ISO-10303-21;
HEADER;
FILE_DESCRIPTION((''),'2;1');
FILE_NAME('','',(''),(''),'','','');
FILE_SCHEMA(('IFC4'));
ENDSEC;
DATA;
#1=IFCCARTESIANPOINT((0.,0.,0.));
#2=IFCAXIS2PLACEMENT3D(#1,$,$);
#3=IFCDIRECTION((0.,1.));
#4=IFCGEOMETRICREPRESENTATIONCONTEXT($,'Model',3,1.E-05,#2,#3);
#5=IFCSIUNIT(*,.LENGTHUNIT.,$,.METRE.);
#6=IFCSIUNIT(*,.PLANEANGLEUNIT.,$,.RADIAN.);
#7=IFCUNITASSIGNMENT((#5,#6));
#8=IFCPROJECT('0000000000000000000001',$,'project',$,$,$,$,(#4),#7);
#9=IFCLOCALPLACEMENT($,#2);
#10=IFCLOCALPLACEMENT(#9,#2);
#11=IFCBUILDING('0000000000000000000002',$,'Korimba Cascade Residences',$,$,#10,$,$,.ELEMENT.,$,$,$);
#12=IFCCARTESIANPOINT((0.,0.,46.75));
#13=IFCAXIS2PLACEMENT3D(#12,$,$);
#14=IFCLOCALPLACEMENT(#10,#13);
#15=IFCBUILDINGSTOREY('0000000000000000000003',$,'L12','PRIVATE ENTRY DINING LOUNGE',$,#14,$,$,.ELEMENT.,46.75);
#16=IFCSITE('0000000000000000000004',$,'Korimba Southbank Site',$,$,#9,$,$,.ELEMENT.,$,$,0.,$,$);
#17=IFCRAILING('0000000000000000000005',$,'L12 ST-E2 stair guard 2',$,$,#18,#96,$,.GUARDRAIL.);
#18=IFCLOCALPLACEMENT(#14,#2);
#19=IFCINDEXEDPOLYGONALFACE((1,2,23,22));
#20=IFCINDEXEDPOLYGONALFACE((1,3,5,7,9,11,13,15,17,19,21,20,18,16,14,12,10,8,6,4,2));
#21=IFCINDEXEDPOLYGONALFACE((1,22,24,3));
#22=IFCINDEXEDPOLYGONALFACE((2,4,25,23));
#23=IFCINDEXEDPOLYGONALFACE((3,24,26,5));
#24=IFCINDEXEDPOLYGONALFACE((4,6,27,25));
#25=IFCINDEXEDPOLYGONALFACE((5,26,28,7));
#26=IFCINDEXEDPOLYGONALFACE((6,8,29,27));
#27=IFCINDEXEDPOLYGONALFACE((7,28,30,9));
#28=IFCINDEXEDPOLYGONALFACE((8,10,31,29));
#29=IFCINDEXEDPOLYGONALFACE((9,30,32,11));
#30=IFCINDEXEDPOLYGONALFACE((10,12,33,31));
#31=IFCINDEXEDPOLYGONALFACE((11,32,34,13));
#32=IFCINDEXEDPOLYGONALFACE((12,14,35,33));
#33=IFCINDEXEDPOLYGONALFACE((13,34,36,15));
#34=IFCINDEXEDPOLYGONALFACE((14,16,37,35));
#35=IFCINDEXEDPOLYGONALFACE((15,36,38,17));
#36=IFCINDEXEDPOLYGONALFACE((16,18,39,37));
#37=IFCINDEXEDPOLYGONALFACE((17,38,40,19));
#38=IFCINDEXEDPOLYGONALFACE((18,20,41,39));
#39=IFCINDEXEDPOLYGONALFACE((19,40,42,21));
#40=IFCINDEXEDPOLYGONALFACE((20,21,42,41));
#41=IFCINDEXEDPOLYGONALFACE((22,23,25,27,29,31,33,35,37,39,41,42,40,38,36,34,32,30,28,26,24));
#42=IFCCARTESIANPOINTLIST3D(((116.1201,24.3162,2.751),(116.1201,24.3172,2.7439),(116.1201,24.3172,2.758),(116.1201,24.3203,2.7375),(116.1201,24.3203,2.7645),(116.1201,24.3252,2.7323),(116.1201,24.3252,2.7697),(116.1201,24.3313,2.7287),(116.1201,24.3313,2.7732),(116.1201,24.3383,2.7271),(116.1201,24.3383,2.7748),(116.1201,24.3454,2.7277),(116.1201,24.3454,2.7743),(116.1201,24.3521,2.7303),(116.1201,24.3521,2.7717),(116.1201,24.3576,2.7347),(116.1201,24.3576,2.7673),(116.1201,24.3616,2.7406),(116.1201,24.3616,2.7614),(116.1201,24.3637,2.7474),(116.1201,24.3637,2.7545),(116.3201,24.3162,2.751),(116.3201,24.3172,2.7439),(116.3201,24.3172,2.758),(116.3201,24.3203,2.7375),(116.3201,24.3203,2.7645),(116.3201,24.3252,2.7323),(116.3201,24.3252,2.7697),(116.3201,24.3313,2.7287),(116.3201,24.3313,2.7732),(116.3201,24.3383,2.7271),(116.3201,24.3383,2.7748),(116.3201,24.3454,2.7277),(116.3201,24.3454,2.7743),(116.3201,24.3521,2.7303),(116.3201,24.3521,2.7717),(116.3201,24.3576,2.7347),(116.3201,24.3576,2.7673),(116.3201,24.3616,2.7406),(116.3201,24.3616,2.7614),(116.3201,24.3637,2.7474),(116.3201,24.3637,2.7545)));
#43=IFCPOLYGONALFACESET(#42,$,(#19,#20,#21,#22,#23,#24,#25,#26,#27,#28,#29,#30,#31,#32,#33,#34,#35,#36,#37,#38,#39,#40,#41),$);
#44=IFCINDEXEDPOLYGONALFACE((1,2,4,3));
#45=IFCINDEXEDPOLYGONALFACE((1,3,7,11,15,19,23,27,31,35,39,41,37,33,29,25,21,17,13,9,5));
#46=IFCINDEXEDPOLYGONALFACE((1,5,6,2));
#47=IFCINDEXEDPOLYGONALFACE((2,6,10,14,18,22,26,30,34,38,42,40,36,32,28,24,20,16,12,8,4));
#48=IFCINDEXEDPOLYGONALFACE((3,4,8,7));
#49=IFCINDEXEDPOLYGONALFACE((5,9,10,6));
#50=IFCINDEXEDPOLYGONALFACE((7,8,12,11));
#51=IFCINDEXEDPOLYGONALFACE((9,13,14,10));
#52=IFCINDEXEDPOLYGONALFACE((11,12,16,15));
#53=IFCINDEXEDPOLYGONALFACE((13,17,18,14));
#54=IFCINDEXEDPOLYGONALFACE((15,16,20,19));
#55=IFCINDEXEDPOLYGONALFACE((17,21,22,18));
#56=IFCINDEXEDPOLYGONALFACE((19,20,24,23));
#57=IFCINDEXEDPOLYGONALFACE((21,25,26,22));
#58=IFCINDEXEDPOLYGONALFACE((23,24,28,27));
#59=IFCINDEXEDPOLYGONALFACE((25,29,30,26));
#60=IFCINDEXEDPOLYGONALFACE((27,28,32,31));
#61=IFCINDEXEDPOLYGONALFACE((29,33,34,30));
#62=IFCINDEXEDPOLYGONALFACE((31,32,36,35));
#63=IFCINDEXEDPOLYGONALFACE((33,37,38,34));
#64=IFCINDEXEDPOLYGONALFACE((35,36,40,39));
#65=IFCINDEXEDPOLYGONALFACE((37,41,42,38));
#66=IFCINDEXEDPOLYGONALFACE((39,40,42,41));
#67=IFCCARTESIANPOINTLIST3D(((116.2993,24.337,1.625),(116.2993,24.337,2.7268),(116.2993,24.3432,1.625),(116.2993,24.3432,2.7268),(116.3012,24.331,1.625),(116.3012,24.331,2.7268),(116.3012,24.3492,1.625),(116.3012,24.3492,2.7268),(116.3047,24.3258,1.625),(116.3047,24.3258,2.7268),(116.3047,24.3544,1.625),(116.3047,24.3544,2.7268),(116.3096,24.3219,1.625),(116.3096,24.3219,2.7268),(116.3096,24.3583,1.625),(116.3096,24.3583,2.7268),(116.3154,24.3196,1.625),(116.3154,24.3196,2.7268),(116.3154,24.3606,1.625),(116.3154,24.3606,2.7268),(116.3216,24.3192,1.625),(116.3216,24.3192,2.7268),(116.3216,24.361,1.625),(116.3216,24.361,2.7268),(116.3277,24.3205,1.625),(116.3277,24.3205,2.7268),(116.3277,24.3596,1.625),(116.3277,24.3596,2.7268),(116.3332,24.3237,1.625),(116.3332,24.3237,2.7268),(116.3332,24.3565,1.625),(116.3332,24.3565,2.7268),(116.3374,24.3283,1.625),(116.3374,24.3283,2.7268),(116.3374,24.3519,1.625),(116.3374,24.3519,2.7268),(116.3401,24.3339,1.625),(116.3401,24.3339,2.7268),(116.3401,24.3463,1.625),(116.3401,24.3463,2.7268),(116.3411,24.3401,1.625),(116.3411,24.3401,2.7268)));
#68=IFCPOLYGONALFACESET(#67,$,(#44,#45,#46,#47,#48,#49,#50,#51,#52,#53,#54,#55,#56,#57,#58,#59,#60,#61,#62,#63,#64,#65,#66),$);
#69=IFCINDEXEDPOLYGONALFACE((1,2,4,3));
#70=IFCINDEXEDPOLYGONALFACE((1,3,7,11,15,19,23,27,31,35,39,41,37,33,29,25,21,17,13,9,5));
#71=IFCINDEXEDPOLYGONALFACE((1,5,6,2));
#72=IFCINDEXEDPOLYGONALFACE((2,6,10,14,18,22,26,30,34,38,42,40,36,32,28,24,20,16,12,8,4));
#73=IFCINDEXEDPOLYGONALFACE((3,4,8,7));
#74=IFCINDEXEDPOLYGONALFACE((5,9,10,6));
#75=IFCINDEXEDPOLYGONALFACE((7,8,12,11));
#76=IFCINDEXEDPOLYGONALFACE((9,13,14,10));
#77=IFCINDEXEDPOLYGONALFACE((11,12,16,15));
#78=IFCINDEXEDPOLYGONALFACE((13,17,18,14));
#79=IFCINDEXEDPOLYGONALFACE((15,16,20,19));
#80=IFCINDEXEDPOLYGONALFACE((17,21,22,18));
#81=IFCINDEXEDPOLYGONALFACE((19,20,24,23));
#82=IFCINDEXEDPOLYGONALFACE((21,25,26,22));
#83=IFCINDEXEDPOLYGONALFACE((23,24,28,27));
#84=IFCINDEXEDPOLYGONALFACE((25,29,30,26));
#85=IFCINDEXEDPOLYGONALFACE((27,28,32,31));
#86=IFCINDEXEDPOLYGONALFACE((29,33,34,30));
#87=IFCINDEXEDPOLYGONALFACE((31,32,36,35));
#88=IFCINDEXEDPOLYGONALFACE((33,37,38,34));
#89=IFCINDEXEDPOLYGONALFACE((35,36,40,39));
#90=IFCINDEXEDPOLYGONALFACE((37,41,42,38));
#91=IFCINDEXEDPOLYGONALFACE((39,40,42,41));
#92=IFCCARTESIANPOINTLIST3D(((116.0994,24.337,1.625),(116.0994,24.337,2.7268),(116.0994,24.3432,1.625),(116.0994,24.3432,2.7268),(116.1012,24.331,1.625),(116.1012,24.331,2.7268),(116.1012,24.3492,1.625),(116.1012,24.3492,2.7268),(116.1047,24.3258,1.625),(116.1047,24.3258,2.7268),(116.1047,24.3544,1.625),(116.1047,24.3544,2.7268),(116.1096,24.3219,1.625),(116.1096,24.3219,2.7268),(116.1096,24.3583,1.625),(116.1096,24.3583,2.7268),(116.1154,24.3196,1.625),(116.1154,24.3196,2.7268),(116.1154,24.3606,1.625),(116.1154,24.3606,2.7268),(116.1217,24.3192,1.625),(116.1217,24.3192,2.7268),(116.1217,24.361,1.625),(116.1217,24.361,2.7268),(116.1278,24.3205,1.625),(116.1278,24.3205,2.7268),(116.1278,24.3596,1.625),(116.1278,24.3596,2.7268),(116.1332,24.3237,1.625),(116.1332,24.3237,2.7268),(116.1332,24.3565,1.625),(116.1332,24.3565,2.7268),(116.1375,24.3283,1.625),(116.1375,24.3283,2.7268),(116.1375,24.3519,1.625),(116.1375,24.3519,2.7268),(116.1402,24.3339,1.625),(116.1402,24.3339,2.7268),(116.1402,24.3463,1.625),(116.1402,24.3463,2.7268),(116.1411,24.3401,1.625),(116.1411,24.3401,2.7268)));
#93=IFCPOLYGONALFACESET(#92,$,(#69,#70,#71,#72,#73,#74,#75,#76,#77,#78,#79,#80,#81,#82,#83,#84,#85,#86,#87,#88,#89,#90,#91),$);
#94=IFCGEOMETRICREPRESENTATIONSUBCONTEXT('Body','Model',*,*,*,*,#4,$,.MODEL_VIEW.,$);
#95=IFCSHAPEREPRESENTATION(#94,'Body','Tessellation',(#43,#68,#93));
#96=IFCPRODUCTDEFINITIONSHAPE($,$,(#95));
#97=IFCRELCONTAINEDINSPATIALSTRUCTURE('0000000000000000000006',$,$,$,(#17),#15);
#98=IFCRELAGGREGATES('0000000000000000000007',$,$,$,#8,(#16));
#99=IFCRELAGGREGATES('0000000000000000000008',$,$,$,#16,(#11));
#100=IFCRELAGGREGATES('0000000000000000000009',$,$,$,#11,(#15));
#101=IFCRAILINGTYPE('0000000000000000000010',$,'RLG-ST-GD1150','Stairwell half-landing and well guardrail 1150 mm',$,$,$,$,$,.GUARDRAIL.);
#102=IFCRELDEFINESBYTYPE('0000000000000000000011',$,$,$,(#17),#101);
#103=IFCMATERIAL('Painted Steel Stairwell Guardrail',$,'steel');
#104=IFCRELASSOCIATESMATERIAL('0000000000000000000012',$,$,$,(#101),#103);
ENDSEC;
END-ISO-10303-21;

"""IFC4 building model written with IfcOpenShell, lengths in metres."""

from ifc_helpers import new_model, si_unit, direction, frame, origin, origin_2d, place, context, subcontext, project, spatial, circle, extrude, material, type_object, element, save


model = new_model("IFC4")

# Units and contexts
model_context = context("Model", 3, precision=1e-05, world=origin(), true_north=direction((0.0, 1.0)))
body_context = subcontext(model_context, "Body", "Model", "MODEL_VIEW")
ifc_project = project(units=[si_unit("LENGTHUNIT", "METRE"), si_unit("PLANEANGLEUNIT", "RADIAN")], contexts=[model_context])

# Site, building, storey
site_placement = place(None, origin())
site = spatial("IfcSite", under=ifc_project, at=site_placement, Name="Korimba Southbank Site", CompositionType="ELEMENT", RefElevation=0.0)
building_placement = place(site_placement, origin())
building = spatial("IfcBuilding", under=site, at=building_placement, Name="Korimba Cascade Residences", CompositionType="ELEMENT")
storey_placement = place(building_placement, frame((0.0, 0.0, 46.75)))
storey = spatial("IfcBuildingStorey", under=building, at=storey_placement, Name="L12", Description="PRIVATE ENTRY DINING LOUNGE", CompositionType="ELEMENT", Elevation=46.75)

# Railing
ifc_material_1 = material(Name="Painted Steel Stairwell Guardrail", Category="steel")
railing_type_1 = type_object("IfcRailingType", Name="RLG-ST-GD1150", Description="Stairwell half-landing and well guardrail 1150 mm", PredefinedType="GUARDRAIL", material=ifc_material_1)
railing_1_placement = place(storey_placement, frame((116.3201, 24.3401, 1.625)))
element("IfcRailing", 1, at=railing_1_placement, inside=storey, type_object=railing_type_1, Name="L12 ST-E2 stair guard 2", PredefinedType="GUARDRAIL", context=body_context, shape_type="SweptSolid", body=[
    extrude(circle(Radius=0.0239, at=origin_2d()), frame((0.0, 0.0, 1.126), z_axis=(-1.0, 0.0, 0.0), x_axis=(0.0, -1.0, 0.0)), (0.0, 0.0, 1.0), 0.2),
    extrude(circle(Radius=0.021, at=origin_2d()), origin(), (0.0, 0.0, 1.0), 1.1018),
    extrude(circle(Radius=0.021, at=origin_2d()), frame((-0.2, 0.0, 0.0)), (0.0, 0.0, 1.0), 1.1018),
])

save(model, "model.ifc")
